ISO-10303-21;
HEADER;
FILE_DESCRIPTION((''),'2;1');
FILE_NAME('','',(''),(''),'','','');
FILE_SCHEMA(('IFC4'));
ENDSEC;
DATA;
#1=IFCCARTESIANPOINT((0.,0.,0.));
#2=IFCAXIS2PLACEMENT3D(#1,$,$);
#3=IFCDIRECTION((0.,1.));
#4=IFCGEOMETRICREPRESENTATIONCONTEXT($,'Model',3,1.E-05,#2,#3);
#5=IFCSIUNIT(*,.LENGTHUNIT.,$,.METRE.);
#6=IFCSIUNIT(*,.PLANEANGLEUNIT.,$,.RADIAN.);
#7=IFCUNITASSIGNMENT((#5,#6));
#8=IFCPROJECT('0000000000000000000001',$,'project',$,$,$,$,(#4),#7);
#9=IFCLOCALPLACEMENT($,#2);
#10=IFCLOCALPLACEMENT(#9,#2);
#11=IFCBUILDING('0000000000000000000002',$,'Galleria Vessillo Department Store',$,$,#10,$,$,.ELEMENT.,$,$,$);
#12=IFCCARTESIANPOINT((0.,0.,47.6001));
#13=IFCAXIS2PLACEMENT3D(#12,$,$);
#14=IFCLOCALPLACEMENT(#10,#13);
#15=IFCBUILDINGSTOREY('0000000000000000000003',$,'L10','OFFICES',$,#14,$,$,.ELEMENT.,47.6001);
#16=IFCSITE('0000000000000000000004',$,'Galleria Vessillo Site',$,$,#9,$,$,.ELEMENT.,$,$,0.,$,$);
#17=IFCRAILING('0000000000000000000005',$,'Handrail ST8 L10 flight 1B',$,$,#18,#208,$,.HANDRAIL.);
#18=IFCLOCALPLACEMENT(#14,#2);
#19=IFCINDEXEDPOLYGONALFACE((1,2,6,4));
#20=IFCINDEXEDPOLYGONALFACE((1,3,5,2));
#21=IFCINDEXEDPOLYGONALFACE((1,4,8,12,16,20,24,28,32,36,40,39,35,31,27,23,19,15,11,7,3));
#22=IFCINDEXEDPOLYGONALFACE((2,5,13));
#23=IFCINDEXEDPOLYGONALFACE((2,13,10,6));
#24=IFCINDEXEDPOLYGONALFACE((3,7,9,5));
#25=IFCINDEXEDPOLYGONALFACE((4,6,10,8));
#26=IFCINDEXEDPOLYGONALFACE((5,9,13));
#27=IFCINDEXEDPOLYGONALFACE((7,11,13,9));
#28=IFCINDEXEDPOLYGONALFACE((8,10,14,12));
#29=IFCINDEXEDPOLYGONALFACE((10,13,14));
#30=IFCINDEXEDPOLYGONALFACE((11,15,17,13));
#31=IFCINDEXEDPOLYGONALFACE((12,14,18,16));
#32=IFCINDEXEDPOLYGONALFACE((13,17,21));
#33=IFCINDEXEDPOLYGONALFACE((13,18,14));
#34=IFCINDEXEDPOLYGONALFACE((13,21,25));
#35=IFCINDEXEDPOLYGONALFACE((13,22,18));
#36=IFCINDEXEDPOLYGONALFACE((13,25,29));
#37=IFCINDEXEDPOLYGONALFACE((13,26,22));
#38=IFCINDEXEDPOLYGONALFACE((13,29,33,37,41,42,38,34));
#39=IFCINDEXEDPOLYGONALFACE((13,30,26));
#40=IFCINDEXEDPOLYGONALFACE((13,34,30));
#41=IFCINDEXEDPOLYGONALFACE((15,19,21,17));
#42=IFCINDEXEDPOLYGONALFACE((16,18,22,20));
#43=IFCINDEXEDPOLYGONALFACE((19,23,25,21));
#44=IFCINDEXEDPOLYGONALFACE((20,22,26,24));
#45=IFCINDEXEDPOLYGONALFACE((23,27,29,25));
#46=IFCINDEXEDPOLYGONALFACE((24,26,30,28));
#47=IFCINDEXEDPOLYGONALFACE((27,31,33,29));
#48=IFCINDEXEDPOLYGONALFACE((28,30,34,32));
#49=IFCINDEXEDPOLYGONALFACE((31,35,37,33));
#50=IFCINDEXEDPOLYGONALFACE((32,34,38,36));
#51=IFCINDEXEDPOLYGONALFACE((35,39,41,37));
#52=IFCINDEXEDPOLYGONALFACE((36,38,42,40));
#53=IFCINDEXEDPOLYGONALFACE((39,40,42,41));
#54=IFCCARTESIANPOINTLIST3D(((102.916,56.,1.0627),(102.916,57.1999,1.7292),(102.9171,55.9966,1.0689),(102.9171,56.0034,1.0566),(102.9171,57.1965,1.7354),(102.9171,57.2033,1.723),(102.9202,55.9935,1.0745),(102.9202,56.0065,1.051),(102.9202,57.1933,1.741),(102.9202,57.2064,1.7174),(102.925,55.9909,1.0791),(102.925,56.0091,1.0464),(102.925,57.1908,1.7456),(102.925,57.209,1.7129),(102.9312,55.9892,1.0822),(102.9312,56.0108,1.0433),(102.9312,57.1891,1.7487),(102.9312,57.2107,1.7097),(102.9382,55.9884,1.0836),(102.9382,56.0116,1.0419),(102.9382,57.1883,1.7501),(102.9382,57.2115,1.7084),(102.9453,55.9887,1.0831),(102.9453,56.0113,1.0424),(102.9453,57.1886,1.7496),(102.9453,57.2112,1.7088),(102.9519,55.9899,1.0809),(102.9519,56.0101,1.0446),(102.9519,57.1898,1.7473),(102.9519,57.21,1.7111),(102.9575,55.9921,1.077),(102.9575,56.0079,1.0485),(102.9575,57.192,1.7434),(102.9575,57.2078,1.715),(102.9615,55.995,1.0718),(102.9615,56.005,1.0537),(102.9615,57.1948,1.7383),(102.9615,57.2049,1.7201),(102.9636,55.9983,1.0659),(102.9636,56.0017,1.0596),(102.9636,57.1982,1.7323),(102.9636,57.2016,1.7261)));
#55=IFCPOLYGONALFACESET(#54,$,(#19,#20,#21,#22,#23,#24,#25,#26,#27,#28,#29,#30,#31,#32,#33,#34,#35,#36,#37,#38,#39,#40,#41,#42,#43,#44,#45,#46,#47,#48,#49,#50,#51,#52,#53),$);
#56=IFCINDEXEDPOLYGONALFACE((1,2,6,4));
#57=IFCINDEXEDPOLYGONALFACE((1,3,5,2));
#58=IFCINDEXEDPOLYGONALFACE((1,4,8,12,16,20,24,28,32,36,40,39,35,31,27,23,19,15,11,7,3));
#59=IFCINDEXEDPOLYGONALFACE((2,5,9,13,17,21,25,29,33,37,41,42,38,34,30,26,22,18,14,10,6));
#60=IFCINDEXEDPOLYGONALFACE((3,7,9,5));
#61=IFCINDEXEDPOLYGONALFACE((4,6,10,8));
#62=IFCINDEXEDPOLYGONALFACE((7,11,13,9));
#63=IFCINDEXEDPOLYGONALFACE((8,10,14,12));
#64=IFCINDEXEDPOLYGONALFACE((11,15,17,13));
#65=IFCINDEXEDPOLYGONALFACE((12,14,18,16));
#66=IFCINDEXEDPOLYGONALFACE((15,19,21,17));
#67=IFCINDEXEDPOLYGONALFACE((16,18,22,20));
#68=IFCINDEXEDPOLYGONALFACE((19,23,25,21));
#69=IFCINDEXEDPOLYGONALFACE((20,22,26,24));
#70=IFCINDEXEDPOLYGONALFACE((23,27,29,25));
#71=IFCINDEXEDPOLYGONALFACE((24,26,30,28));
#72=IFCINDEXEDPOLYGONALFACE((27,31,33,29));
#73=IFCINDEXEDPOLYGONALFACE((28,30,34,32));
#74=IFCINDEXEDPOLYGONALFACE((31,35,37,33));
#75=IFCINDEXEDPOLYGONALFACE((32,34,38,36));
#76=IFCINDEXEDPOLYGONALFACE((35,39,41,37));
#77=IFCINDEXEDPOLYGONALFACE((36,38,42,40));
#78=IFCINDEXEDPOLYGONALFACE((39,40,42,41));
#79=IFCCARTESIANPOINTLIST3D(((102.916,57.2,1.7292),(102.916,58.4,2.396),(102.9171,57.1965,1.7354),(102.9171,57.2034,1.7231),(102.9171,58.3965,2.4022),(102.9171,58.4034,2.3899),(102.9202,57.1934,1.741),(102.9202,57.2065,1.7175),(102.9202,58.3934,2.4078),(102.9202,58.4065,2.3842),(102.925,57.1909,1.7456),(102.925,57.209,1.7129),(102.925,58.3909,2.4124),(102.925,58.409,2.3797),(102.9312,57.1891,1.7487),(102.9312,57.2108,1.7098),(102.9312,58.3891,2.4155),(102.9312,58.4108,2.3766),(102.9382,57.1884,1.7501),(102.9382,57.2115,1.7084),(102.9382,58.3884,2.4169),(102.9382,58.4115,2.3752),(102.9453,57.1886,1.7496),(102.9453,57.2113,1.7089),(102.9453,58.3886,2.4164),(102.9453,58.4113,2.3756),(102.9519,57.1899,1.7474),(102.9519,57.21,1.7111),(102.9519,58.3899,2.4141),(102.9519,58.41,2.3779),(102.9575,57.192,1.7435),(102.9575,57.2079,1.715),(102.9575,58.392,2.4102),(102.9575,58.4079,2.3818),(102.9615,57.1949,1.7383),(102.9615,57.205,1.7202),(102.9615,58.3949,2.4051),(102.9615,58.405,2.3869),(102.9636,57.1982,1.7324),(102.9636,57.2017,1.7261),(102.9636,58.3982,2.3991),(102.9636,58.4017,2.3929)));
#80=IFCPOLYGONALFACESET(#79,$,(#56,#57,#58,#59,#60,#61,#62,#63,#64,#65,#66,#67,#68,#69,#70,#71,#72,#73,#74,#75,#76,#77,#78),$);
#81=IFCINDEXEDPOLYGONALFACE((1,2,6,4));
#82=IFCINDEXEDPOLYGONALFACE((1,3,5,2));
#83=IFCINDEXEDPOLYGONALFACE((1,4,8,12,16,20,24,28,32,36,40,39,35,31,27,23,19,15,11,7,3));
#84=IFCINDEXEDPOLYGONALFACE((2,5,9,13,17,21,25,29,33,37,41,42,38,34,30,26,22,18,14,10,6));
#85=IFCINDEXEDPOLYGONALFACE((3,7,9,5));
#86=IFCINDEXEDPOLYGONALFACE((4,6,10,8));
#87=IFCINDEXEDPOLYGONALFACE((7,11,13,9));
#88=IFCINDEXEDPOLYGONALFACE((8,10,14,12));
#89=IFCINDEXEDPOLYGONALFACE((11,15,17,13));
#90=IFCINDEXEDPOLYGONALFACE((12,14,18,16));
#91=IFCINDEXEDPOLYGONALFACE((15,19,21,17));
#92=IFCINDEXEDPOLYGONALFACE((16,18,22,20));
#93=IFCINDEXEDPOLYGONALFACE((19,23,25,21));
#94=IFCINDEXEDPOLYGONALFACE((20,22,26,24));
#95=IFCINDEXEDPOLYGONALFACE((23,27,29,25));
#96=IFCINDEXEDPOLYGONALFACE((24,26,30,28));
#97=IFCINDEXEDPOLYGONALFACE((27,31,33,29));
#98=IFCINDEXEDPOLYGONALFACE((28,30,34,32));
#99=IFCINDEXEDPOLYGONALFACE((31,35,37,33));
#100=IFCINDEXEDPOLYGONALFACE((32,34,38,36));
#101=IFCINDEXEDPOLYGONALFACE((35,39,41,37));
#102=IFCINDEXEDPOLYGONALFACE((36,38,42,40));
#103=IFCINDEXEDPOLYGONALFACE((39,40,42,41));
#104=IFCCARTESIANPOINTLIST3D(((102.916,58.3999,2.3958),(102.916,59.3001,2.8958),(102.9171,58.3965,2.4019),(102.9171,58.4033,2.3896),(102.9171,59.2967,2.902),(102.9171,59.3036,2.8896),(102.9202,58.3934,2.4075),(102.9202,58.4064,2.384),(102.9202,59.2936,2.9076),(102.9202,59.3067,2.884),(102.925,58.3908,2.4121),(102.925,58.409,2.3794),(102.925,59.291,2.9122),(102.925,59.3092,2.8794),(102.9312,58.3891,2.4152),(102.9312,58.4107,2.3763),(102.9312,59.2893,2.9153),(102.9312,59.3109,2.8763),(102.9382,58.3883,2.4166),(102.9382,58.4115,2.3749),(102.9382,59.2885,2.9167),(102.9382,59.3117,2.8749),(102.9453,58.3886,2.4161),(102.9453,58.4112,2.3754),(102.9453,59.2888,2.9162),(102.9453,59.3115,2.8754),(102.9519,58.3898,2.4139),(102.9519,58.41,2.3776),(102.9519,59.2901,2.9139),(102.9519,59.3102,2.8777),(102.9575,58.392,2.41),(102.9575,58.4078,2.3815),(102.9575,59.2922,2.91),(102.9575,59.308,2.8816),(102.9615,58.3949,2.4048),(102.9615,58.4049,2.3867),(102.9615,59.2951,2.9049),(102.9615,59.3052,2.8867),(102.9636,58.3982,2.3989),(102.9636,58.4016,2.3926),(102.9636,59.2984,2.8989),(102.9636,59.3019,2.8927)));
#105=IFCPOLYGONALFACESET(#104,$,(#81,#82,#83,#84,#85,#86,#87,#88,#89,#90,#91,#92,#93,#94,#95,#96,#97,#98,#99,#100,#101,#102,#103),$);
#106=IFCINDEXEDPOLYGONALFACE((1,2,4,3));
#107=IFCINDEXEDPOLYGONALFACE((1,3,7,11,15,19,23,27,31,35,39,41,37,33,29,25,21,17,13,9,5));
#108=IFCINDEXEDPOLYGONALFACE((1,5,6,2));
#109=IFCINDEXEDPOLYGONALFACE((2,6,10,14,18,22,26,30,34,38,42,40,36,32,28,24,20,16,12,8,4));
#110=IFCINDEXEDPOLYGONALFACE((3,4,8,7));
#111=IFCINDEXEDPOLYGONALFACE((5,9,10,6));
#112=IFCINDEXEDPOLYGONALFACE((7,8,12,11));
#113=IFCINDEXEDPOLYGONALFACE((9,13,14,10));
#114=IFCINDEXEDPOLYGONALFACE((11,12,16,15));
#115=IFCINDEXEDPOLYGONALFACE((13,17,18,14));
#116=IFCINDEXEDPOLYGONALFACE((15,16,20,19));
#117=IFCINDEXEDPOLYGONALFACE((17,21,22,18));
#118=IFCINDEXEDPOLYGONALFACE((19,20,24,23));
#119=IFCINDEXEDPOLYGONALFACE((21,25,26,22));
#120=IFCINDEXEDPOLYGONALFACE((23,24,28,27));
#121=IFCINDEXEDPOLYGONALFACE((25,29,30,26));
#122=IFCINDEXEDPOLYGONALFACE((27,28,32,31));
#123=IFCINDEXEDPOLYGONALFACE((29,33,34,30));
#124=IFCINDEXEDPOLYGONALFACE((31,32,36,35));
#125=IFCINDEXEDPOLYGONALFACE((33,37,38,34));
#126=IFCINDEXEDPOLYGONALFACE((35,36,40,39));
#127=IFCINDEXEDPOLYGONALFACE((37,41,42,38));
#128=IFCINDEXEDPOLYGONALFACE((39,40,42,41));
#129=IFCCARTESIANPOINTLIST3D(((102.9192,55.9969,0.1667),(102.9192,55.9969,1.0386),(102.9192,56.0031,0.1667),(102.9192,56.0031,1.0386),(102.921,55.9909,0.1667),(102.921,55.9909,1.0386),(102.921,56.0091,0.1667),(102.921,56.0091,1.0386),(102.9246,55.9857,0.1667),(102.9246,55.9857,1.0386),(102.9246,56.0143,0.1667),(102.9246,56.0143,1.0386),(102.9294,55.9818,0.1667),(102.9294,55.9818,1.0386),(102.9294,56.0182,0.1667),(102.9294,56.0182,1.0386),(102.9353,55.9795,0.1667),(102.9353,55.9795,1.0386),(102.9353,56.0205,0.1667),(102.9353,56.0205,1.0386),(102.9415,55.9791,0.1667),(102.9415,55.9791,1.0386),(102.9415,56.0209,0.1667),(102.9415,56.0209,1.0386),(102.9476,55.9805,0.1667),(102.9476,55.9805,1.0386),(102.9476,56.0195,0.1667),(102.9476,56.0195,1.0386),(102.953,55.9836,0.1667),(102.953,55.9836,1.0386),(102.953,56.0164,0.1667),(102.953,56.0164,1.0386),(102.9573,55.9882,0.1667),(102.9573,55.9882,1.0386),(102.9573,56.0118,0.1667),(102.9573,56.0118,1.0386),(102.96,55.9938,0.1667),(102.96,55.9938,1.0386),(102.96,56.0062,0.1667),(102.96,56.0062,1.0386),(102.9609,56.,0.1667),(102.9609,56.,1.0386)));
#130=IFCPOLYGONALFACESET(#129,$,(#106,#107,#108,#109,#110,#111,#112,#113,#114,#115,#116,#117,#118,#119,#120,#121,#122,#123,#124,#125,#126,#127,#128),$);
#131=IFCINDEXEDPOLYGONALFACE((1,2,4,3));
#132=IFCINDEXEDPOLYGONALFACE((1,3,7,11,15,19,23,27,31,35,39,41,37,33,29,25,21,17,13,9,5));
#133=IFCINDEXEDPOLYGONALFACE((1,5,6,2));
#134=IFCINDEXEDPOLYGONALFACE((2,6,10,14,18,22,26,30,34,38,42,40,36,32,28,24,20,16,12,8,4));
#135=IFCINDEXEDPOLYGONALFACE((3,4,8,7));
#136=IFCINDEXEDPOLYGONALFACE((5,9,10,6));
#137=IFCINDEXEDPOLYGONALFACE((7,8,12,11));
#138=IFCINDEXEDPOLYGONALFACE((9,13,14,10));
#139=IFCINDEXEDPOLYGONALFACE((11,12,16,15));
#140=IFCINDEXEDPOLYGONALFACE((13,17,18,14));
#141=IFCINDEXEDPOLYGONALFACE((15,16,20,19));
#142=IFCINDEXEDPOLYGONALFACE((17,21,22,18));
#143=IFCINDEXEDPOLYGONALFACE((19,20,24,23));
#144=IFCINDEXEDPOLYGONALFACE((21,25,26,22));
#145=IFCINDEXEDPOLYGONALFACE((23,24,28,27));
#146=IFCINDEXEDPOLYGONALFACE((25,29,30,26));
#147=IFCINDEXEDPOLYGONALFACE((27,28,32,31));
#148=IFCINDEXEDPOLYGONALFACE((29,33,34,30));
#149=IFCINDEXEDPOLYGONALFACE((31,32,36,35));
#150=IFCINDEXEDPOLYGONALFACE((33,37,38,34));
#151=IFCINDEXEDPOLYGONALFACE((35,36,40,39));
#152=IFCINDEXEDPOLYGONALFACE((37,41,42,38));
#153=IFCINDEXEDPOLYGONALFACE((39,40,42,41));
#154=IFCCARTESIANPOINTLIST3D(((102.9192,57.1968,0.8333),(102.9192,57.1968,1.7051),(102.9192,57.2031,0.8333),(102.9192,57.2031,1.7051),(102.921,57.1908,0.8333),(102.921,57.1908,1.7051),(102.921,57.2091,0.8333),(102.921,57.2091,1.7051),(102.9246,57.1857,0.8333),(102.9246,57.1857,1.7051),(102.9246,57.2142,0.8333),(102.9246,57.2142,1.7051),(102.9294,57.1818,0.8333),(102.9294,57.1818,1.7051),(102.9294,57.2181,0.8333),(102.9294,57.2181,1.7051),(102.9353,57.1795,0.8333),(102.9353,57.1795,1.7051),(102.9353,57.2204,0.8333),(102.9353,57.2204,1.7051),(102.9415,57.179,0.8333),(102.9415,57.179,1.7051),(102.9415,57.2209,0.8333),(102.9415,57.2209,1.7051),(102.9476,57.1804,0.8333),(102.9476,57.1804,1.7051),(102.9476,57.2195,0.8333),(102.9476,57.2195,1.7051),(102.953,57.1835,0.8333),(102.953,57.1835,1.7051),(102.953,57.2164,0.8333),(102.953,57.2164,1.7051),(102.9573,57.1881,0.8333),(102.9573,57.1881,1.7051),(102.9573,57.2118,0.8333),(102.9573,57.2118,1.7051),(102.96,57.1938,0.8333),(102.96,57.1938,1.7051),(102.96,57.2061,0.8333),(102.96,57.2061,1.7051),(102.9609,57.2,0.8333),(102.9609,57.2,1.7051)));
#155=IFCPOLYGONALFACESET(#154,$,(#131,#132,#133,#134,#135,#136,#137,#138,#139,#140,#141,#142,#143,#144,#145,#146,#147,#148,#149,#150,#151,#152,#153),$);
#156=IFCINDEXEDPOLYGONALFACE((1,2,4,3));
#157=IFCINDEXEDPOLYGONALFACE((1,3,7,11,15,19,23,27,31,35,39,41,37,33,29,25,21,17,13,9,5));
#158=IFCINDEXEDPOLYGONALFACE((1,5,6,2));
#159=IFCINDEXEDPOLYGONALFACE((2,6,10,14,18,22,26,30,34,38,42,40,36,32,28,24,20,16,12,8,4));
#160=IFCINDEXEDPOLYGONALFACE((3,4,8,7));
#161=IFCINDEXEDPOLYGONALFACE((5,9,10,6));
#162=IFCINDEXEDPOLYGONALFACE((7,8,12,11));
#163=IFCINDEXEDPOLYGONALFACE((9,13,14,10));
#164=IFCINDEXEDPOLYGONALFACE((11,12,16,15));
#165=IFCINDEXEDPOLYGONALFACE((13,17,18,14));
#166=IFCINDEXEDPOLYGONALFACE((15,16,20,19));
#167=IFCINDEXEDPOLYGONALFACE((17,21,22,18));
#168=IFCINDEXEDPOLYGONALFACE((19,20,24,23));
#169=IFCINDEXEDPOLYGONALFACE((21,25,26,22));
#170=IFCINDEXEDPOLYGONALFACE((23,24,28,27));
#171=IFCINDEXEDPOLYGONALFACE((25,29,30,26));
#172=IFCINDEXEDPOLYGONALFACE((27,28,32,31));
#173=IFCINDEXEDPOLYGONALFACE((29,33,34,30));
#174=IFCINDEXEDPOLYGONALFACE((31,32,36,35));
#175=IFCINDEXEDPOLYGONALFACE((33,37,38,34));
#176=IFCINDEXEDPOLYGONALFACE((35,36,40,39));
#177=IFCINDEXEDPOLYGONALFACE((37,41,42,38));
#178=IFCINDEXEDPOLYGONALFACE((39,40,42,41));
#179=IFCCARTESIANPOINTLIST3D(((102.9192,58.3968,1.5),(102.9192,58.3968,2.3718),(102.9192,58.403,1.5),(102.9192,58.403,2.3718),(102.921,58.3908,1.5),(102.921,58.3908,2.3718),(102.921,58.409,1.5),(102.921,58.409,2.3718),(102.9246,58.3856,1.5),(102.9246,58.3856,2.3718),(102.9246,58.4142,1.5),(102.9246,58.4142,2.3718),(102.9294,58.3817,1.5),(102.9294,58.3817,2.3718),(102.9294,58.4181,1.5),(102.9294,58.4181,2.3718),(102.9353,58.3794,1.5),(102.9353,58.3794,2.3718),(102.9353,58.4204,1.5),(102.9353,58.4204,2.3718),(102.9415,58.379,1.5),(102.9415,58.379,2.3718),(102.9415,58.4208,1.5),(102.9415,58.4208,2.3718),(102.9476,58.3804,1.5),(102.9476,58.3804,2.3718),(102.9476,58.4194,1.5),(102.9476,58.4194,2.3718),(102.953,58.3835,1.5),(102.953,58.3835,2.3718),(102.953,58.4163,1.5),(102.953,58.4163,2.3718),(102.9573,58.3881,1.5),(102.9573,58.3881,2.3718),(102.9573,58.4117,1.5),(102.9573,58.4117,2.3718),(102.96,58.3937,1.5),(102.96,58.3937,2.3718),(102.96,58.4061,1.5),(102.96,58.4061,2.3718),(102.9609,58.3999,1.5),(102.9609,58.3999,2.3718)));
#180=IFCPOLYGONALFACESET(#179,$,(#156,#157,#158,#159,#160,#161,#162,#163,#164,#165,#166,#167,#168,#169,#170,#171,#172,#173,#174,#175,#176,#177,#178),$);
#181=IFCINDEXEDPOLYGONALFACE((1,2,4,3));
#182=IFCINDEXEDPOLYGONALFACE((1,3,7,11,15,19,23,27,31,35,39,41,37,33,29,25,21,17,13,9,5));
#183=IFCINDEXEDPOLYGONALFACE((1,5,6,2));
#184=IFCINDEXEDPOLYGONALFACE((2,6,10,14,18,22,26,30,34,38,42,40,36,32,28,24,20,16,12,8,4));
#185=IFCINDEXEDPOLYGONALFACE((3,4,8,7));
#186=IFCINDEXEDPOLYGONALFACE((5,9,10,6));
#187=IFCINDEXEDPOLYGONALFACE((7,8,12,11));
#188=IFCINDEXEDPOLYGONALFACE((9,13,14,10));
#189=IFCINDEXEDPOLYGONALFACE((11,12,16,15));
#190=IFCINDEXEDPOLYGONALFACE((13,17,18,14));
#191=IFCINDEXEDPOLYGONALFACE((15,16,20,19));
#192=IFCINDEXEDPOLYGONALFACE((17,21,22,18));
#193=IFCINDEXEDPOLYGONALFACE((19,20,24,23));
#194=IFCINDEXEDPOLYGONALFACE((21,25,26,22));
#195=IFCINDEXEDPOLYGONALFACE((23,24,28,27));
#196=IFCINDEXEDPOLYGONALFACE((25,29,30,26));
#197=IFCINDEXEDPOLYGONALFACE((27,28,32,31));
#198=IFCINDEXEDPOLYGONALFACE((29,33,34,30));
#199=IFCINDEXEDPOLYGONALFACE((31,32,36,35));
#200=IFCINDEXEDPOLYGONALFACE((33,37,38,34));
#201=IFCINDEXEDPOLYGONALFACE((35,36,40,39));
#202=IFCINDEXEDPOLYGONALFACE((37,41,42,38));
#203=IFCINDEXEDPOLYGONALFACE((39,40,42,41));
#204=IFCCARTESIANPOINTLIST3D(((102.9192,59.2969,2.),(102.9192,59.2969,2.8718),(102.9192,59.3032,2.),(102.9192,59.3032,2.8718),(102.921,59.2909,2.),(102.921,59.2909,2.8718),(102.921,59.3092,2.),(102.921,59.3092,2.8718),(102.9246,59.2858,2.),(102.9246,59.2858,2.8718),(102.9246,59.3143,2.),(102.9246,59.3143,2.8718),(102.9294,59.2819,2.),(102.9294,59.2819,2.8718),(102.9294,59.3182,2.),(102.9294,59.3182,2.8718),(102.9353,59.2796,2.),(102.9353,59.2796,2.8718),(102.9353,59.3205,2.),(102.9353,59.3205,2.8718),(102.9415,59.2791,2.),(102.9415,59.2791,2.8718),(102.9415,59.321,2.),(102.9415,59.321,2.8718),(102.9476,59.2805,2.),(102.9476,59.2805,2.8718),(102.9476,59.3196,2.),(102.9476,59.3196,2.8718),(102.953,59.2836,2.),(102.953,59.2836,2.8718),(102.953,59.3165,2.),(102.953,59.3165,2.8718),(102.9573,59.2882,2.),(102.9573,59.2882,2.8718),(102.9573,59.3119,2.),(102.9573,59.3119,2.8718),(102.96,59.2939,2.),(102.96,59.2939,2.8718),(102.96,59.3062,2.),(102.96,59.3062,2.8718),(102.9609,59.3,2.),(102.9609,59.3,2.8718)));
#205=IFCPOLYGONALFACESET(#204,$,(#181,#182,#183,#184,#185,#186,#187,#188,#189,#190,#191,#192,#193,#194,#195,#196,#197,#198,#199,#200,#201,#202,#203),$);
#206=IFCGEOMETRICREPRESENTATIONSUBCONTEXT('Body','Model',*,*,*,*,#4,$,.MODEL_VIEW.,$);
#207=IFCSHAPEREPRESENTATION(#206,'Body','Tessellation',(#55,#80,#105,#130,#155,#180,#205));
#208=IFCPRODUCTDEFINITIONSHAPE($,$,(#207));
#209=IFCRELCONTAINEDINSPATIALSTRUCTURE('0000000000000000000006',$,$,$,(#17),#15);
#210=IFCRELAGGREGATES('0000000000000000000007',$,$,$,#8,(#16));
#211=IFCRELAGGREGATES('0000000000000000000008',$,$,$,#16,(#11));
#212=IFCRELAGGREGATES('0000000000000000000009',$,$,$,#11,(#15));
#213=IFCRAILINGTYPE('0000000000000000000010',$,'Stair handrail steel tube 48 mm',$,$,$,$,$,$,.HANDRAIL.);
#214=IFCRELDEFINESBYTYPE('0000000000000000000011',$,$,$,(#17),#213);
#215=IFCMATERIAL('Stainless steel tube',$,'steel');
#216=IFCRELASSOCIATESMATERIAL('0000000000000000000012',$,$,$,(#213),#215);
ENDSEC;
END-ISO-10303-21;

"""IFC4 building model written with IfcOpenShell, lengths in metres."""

from ifc_helpers import new_model, si_unit, direction, frame, origin, origin_2d, place, context, subcontext, project, spatial, circle, extrude, material, type_object, element, save


model = new_model("IFC4")

# Units and contexts
model_context = context("Model", 3, precision=1e-05, world=origin(), true_north=direction((0.0, 1.0)))
body_context = subcontext(model_context, "Body", "Model", "MODEL_VIEW")
ifc_project = project(units=[si_unit("LENGTHUNIT", "METRE"), si_unit("PLANEANGLEUNIT", "RADIAN")], contexts=[model_context])

# Site, building, storey
site_placement = place(None, origin())
site = spatial("IfcSite", under=ifc_project, at=site_placement, Name="Galleria Vessillo Site", CompositionType="ELEMENT", RefElevation=0.0)
building_placement = place(site_placement, origin())
building = spatial("IfcBuilding", under=site, at=building_placement, Name="Galleria Vessillo Department Store", CompositionType="ELEMENT")
storey_placement = place(building_placement, frame((0.0, 0.0, 47.6001)))
storey = spatial("IfcBuildingStorey", under=building, at=storey_placement, Name="L10", Description="OFFICES", CompositionType="ELEMENT", Elevation=47.6001)

# Railing
ifc_material_1 = material(Name="Stainless steel tube", Category="steel")
railing_type = type_object("IfcRailingType", Name="Stair handrail steel tube 48 mm", PredefinedType="HANDRAIL", material=ifc_material_1)
for number, where, name in (
    (1, (102.9399, 56.0, 0.1667), "Handrail ST8 L10 flight 1B"),
):
    element("IfcRailing", number, at=place(storey_placement, frame(where)), inside=storey, type_object=railing_type, Name=name, PredefinedType="HANDRAIL", context=body_context, shape_type="SweptSolid", body=[
        extrude(circle(Radius=0.0239, at=origin_2d()), frame((0.0, 0.0, 0.896), z_axis=(0.0, 0.874199, 0.485567), x_axis=(-1.0, 0.0, 0.0)), (0.0, 0.0, 1.0), 1.3726),
        extrude(circle(Radius=0.0239, at=origin_2d()), frame((0.0, 1.2, 1.5625), z_axis=(0.0, 0.874124, 0.485703), x_axis=(-1.0, 0.0, 0.0)), (0.0, 0.0, 1.0), 1.3728),
        extrude(circle(Radius=0.0239, at=origin_2d()), frame((0.0, 2.3999, 2.229), z_axis=(0.0, 0.874191, 0.485583), x_axis=(-1.0, 0.0, 0.0)), (0.0, 0.0, 1.0), 1.0298),
        extrude(circle(Radius=0.021, at=origin_2d()), origin(), (0.0, 0.0, 1.0), 0.8718),
        extrude(circle(Radius=0.021, at=origin_2d()), frame((0.0, 1.2, 0.6665)), (0.0, 0.0, 1.0), 0.8718),
        extrude(circle(Radius=0.021, at=origin_2d()), frame((0.0, 2.3999, 1.3333)), (0.0, 0.0, 1.0), 0.8718),
        extrude(circle(Radius=0.021, at=origin_2d()), frame((0.0, 3.3, 1.8333)), (0.0, 0.0, 1.0), 0.8718),
    ])

save(model, "model.ifc")
